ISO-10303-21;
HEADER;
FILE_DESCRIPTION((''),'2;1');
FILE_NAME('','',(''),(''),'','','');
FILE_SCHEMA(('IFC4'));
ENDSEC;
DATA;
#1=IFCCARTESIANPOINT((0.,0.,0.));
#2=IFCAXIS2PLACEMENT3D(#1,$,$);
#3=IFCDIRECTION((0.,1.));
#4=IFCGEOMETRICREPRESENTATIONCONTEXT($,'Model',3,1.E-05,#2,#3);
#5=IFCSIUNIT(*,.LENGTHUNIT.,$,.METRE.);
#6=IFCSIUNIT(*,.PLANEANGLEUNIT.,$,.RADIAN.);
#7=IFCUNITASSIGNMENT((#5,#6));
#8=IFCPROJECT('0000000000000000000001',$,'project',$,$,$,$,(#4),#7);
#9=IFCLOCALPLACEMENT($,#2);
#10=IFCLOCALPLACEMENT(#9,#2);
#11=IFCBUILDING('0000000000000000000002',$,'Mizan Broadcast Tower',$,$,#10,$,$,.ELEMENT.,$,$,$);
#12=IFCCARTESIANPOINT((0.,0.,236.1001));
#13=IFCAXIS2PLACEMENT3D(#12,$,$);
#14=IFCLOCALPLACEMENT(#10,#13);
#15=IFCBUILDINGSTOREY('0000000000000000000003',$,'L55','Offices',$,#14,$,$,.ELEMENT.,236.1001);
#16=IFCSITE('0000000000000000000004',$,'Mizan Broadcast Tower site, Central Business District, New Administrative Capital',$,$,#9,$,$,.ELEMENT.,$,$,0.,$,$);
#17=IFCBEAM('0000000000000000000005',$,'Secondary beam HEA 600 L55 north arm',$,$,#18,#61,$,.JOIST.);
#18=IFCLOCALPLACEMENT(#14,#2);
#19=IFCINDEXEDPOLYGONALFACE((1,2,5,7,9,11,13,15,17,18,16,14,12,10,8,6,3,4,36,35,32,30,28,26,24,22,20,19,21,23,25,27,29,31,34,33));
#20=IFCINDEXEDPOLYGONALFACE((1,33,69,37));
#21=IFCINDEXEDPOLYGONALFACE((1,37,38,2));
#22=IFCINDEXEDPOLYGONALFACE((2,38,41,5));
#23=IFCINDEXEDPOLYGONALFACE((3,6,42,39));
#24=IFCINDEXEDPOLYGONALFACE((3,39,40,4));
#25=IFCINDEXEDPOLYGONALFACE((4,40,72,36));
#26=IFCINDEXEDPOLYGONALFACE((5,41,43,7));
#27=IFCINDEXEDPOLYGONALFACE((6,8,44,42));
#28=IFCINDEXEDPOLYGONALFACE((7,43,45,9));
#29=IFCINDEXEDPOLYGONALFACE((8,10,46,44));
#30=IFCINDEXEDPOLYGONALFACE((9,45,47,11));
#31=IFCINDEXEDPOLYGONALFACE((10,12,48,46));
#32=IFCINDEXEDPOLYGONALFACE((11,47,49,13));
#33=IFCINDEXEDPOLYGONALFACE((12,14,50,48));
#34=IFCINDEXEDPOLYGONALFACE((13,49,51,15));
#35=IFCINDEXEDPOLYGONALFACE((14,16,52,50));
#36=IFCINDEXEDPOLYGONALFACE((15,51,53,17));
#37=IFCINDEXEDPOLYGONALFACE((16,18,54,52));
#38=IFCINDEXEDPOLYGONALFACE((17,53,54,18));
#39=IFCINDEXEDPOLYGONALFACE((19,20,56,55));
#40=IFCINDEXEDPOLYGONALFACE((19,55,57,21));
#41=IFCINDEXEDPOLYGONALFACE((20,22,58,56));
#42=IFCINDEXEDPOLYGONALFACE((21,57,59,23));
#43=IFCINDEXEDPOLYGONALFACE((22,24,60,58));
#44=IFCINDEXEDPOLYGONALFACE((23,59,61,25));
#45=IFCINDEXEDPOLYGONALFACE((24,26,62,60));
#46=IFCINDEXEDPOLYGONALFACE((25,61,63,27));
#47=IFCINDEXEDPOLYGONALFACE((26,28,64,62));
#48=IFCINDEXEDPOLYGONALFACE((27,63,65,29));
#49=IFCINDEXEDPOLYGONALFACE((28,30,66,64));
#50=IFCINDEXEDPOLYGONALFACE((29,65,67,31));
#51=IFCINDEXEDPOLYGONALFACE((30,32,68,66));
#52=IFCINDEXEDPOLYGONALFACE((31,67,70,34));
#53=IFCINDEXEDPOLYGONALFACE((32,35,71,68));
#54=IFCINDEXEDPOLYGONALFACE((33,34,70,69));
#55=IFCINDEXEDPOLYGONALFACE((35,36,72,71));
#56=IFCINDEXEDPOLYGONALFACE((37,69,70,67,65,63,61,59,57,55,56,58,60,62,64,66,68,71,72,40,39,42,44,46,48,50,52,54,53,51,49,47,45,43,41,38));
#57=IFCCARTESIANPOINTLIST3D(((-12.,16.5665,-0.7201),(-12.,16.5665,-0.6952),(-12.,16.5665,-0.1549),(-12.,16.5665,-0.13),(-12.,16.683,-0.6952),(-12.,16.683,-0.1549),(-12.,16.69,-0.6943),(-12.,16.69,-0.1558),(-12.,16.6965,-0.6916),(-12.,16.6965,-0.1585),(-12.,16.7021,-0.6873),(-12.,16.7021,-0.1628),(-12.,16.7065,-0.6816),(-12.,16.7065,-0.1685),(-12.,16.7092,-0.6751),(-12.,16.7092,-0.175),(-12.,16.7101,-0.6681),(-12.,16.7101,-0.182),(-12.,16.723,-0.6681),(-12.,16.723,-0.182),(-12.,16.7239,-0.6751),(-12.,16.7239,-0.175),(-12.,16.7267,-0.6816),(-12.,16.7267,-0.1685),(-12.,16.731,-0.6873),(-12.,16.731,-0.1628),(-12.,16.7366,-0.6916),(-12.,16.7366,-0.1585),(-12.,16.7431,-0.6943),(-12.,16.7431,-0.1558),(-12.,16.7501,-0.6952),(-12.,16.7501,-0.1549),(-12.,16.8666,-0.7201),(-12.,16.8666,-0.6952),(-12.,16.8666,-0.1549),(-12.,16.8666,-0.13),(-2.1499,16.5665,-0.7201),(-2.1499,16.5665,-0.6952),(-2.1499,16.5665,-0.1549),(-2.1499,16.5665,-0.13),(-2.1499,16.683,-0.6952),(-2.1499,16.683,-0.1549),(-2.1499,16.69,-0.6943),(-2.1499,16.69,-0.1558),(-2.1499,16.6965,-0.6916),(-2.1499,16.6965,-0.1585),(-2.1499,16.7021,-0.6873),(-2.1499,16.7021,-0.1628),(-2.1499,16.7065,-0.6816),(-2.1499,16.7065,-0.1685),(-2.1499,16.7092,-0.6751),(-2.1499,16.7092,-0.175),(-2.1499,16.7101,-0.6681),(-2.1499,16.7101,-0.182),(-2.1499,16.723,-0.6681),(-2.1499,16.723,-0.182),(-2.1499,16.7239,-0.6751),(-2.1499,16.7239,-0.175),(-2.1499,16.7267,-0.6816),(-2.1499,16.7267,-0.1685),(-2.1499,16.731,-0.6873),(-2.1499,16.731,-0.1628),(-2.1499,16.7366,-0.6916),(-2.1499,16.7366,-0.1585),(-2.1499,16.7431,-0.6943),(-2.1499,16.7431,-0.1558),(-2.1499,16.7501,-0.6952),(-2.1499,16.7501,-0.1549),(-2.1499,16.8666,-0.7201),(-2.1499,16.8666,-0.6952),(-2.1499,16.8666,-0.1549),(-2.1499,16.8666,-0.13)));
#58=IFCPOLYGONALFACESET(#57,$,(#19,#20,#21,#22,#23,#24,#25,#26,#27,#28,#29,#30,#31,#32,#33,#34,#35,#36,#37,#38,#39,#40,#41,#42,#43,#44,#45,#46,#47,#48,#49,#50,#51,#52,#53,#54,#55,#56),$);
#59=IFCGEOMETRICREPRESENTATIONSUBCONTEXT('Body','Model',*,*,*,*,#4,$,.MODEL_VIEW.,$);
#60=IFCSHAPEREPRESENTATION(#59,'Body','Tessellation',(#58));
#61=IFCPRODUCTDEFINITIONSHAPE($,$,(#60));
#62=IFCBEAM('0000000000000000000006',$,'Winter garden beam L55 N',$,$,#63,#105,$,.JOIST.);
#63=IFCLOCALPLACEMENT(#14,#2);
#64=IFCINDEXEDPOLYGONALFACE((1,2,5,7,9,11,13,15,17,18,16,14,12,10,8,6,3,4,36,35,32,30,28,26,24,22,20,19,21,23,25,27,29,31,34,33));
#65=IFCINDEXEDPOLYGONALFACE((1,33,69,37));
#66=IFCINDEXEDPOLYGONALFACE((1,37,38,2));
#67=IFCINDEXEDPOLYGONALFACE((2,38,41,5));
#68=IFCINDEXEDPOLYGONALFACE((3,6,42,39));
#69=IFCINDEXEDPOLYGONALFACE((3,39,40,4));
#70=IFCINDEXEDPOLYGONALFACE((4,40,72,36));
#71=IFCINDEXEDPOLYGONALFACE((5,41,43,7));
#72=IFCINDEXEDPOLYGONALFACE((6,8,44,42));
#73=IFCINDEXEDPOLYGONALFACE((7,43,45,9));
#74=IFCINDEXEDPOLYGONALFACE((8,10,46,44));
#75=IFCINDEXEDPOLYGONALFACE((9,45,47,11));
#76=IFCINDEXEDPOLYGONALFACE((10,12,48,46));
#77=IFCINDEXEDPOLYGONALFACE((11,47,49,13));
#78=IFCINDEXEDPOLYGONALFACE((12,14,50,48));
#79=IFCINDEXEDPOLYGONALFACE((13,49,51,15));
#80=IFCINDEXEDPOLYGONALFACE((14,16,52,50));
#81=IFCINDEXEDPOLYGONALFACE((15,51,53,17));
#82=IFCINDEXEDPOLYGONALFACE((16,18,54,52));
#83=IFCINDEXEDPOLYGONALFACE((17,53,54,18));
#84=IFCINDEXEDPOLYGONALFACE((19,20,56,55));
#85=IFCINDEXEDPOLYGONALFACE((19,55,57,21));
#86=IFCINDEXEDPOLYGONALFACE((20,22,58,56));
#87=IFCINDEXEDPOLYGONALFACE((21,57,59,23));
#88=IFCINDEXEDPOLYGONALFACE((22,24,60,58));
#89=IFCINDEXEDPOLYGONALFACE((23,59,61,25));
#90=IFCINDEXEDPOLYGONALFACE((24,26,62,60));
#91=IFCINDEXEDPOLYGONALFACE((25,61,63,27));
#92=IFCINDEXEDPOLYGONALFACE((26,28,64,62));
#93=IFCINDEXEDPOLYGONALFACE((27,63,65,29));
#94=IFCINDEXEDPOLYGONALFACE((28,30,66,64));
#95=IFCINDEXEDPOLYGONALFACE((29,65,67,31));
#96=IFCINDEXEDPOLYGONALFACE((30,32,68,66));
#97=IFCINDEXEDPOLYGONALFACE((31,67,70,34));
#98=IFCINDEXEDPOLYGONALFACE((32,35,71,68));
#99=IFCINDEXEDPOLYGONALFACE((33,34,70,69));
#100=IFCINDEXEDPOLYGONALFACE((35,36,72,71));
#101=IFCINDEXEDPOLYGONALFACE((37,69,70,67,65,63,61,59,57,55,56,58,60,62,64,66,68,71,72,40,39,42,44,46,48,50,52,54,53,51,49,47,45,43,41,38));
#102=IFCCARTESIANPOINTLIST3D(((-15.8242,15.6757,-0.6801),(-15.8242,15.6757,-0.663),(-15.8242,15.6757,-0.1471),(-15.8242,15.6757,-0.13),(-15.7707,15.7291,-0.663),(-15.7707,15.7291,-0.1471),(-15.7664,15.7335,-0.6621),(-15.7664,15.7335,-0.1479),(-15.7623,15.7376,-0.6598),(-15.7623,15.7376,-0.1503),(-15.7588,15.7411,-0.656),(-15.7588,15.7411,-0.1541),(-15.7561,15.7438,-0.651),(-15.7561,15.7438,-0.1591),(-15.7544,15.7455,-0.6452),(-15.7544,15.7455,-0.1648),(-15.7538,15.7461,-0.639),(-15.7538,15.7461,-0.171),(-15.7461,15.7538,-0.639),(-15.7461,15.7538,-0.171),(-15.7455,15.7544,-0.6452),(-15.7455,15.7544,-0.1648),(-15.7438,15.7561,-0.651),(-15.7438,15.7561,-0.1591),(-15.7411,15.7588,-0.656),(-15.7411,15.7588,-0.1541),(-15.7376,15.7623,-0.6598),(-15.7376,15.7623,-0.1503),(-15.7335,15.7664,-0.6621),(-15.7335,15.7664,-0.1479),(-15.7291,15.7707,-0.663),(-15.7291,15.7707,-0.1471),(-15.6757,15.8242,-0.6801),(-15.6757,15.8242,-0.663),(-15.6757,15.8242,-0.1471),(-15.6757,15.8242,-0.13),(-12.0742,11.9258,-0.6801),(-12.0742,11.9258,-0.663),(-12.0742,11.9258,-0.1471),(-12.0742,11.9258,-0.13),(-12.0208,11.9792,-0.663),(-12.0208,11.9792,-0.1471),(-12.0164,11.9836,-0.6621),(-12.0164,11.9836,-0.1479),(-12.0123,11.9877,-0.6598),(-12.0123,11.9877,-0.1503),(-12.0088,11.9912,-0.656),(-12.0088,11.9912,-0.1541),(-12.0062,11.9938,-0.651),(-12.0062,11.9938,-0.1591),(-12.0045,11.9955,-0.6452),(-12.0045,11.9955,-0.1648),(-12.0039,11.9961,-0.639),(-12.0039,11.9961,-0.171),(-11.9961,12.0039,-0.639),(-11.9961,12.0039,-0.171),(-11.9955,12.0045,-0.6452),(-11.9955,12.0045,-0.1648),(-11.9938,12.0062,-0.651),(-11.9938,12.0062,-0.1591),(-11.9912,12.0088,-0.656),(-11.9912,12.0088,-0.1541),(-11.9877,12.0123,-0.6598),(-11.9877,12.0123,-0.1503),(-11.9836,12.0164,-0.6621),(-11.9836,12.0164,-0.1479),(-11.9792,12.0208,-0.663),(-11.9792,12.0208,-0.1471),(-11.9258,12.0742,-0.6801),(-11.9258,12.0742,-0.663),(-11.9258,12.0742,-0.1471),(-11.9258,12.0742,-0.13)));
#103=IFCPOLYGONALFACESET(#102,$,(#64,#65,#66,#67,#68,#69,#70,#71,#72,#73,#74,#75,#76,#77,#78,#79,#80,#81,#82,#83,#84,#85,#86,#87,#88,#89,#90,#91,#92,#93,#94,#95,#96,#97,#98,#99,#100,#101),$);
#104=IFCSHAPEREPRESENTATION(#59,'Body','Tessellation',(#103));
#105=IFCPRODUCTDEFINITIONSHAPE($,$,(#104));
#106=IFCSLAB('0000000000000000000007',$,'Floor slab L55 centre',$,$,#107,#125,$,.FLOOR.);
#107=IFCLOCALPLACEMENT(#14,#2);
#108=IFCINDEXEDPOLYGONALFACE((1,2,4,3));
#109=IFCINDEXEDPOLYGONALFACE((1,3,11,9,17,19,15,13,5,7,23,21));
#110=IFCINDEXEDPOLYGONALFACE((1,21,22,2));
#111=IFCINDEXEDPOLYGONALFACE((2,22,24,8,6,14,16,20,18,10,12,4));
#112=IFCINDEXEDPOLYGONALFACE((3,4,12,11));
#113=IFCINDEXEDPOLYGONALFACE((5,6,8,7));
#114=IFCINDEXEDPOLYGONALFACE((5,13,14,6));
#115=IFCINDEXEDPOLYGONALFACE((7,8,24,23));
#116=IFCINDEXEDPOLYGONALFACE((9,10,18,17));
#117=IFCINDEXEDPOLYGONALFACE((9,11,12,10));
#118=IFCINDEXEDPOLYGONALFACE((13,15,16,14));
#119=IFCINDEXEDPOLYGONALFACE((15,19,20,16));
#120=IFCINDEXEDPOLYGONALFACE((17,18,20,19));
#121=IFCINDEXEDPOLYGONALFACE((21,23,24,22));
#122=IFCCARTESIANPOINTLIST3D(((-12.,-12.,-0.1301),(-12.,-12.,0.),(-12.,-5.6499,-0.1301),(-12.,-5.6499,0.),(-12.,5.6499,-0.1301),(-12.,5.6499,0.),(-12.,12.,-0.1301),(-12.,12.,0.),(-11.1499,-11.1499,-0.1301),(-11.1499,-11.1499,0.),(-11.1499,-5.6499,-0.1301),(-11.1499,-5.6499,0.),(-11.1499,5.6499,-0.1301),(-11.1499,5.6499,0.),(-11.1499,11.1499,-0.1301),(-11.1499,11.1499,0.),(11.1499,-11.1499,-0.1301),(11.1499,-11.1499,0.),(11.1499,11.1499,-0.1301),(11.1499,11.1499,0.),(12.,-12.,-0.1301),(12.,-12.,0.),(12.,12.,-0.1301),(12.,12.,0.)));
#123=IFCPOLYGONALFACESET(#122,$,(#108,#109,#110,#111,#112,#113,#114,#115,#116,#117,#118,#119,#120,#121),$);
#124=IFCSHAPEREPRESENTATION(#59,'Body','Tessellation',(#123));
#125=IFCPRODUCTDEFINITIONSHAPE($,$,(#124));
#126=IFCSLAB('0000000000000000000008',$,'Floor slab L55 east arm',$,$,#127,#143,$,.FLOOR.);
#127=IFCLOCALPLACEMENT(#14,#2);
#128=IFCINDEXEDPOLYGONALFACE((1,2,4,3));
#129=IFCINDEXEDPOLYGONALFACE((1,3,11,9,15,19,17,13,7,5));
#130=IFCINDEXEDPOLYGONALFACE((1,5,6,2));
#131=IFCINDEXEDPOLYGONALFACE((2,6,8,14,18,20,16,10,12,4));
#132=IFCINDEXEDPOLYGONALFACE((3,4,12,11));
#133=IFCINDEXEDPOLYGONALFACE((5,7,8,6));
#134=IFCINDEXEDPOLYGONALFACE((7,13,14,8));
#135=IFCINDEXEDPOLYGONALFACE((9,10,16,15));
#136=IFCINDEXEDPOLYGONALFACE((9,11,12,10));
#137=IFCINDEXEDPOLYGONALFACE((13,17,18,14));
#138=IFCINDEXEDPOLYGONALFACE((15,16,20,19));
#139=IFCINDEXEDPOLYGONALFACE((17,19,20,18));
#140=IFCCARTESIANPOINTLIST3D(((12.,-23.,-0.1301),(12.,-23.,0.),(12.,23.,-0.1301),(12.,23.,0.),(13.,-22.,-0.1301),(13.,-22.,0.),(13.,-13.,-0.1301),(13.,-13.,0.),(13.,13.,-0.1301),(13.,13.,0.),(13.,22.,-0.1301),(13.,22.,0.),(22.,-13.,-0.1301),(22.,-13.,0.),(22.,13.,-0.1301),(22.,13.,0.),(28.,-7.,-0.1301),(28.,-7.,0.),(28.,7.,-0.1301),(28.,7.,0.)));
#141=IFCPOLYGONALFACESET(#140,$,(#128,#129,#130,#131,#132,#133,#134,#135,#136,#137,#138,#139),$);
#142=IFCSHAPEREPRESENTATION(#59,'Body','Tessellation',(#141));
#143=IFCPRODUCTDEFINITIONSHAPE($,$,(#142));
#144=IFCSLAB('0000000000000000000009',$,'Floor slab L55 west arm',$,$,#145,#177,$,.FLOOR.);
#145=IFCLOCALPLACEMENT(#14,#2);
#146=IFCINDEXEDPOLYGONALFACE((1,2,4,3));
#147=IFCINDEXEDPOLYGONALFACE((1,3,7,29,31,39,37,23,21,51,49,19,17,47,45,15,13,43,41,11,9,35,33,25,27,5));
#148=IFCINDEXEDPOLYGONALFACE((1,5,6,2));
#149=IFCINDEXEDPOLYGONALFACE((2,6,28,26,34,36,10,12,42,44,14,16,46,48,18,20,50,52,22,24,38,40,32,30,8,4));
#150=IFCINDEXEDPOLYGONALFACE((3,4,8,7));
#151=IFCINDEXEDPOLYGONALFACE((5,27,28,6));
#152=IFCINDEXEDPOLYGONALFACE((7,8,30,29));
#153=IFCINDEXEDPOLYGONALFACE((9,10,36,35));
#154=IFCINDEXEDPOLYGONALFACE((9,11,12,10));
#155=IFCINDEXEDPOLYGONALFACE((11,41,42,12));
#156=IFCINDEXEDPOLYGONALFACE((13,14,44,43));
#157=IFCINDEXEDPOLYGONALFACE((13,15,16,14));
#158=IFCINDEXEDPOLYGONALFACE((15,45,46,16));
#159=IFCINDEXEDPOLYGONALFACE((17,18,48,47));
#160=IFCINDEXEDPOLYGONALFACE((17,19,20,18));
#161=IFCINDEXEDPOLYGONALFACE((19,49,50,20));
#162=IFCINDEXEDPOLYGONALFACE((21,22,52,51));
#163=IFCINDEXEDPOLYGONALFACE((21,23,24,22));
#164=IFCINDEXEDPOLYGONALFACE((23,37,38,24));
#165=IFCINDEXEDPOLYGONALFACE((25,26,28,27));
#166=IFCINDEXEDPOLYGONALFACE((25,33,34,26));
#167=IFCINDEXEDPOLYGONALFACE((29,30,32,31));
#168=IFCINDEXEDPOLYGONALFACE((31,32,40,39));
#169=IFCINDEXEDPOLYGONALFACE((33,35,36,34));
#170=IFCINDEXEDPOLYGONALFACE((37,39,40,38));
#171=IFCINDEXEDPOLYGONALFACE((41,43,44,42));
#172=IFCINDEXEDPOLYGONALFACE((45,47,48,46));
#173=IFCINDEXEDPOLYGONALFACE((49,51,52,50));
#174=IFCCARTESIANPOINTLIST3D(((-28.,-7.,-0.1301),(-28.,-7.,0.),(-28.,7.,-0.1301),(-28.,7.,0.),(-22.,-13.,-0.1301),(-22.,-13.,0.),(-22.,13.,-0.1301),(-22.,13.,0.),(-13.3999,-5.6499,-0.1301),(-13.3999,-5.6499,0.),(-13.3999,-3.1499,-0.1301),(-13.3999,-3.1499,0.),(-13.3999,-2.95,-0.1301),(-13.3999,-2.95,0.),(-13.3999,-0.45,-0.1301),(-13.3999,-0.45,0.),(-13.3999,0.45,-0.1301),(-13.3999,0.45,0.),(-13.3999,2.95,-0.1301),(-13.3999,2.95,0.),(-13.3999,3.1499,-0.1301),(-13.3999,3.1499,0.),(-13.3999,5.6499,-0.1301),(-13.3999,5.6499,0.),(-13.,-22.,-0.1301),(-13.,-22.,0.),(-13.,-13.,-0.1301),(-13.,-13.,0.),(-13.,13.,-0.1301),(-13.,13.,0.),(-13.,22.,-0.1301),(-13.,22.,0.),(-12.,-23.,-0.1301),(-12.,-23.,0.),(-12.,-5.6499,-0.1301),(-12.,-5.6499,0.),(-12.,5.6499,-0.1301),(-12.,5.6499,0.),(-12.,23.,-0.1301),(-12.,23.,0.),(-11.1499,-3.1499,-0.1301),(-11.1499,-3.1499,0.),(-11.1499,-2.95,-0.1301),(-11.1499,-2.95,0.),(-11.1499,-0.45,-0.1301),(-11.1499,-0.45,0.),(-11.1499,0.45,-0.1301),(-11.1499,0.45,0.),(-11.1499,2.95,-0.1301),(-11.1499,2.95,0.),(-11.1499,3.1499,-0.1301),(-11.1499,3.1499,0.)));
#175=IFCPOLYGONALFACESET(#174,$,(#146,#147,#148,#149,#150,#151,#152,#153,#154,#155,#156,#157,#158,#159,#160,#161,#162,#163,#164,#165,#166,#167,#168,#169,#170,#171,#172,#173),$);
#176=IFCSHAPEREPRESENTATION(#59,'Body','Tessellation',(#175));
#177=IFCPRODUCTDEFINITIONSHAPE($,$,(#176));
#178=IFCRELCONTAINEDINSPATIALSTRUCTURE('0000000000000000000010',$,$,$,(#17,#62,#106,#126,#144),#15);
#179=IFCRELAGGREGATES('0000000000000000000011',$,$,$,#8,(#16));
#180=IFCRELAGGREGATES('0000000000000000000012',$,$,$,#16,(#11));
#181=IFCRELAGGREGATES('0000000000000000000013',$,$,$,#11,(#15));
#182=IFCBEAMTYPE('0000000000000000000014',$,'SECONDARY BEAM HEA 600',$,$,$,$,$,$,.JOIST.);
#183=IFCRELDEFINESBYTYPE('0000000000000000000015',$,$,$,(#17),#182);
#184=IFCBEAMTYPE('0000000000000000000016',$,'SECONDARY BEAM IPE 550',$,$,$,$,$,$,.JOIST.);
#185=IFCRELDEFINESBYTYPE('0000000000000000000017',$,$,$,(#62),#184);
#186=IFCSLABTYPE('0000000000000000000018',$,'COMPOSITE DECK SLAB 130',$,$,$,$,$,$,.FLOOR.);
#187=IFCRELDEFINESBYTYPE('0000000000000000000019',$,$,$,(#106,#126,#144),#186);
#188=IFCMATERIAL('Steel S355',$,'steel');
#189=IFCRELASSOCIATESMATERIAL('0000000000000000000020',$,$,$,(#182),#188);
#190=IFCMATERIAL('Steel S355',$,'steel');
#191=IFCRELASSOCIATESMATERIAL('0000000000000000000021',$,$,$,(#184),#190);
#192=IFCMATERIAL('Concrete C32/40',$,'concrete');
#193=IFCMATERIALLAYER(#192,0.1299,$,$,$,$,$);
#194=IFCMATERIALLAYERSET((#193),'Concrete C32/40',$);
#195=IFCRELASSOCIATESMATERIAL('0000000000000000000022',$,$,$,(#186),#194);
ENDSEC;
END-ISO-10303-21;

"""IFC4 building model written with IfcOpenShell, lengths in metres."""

from ifc_helpers import new_model, si_unit, direction, frame, origin, origin_2d, place, context, subcontext, project, spatial, polyline, i_section, outline, extrude, material, layer, layer_set, material_profile, profile_set, type_object, element, save


model = new_model("IFC4")

# Units and contexts
model_context = context("Model", 3, precision=1e-05, world=origin(), true_north=direction((0.0, 1.0)))
body_context = subcontext(model_context, "Body", "Model", "MODEL_VIEW")
ifc_project = project(units=[si_unit("LENGTHUNIT", "METRE"), si_unit("PLANEANGLEUNIT", "RADIAN")], contexts=[model_context])

# Site, building, storey
site_placement = place(None, origin())
site = spatial("IfcSite", under=ifc_project, at=site_placement, Name="Mizan Broadcast Tower site, Central Business District, New Administrative Capital", CompositionType="ELEMENT", RefElevation=0.0)
building_placement = place(site_placement, origin())
building = spatial("IfcBuilding", under=site, at=building_placement, Name="Mizan Broadcast Tower", CompositionType="ELEMENT")
storey_placement = place(building_placement, frame((0.0, 0.0, 236.1001)))
storey = spatial("IfcBuildingStorey", under=building, at=storey_placement, Name="L55", Description="Offices", CompositionType="ELEMENT", Elevation=236.1001)

# Beams
ifc_material_1 = material(Name="Steel S355", Category="steel")
ifc_material_profile_1 = material_profile(ifc_material_1, i_section(OverallWidth=0.3, OverallDepth=0.5901, WebThickness=0.0129, FlangeThickness=0.0249, FilletRadius=0.0271, at=origin_2d()), Name="HEA 600")
ifc_profile_set_1 = profile_set([ifc_material_profile_1], Name="Steel S355")
beam_type_1 = type_object("IfcBeamType", Name="SECONDARY BEAM HEA 600", PredefinedType="JOIST", material=ifc_profile_set_1)
for number, where, z_axis, x_axis, name in (
    (1, (-12.0, 16.7166, -0.425), (1.0, 0.0, 0.0), (0.0, 1.0, 0.0), "Secondary beam HEA 600 L55 north arm"),
):
    element("IfcBeam", number, at=place(storey_placement, frame(where, z_axis=z_axis, x_axis=x_axis)), inside=storey, type_object=beam_type_1, Name=name, PredefinedType="JOIST", context=body_context, shape_type="SweptSolid", body=[
        extrude(i_section(OverallWidth=0.3, OverallDepth=0.5901, WebThickness=0.0129, FlangeThickness=0.0249, FilletRadius=0.0271, at=origin_2d()), origin(), (0.0, 0.0, 1.0), 9.8501),
    ])
ifc_material_2 = material(Name="Steel S355", Category="steel")
ifc_material_profile_2 = material_profile(ifc_material_2, i_section(OverallWidth=0.21, OverallDepth=0.55, WebThickness=0.011, FlangeThickness=0.0171, FilletRadius=0.0239, at=origin_2d()), Name="IPE 550")
ifc_profile_set_2 = profile_set([ifc_material_profile_2], Name="Steel S355")
beam_type_2 = type_object("IfcBeamType", Name="SECONDARY BEAM IPE 550", PredefinedType="JOIST", material=ifc_profile_set_2)
beam_1_placement = place(storey_placement, frame((-12.0, 12.0, -0.405), z_axis=(-0.707107, 0.707107, 0.0), x_axis=(-0.707107, -0.707107, 0.0)))
element("IfcBeam", 2, at=beam_1_placement, inside=storey, type_object=beam_type_2, Name="Winter garden beam L55 N", PredefinedType="JOIST", context=body_context, shape_type="SweptSolid", body=[
    extrude(i_section(OverallWidth=0.21, OverallDepth=0.55, WebThickness=0.011, FlangeThickness=0.0171, FilletRadius=0.0239, at=origin_2d()), origin(), (0.0, 0.0, 1.0), 5.3032),
])

# Slabs
ifc_material_3 = material(Name="Concrete C32/40", Category="concrete")
ifc_layer_1 = layer(ifc_material_3, 0.1299)
ifc_layer_set_1 = layer_set([ifc_layer_1], Name="Concrete C32/40")
slab_type = type_object("IfcSlabType", Name="COMPOSITE DECK SLAB 130", PredefinedType="FLOOR", material=ifc_layer_set_1)
slab_1_placement = place(storey_placement, frame((0.0, 0.0, -0.1301)))
element("IfcSlab", 3, at=slab_1_placement, inside=storey, type_object=slab_type, Name="Floor slab L55 centre", PredefinedType="FLOOR", context=body_context, shape_type="SweptSolid", body=[
    extrude(outline(polyline([(-11.1499, -5.6499), (-12.0, -5.6499), (-12.0, -12.0), (12.0, -12.0), (12.0, 12.0), (-12.0, 12.0), (-12.0, 5.6499), (-11.1499, 5.6499), (-11.1499, 11.1499), (11.1499, 11.1499), (11.1499, -11.1499), (-11.1499, -11.1499), (-11.1499, -5.6499)])), origin(), (0.0, 0.0, 1.0), 0.1301),
])
slab_2_placement = place(storey_placement, frame((0.0, 0.0, -0.1301)))
element("IfcSlab", 4, at=slab_2_placement, inside=storey, type_object=slab_type, Name="Floor slab L55 east arm", PredefinedType="FLOOR", context=body_context, shape_type="SweptSolid", body=[
    extrude(outline(polyline([(13.0, 22.0), (12.0, 23.0), (12.0, -23.0), (13.0, -22.0), (13.0, -13.0), (22.0, -13.0), (28.0, -7.0), (28.0, 7.0), (22.0, 13.0), (13.0, 13.0), (13.0, 22.0)])), origin(), (0.0, 0.0, 1.0), 0.1301),
])
slab_3_placement = place(storey_placement, frame((0.0, 0.0, -0.1301)))
element("IfcSlab", 5, at=slab_3_placement, inside=storey, type_object=slab_type, Name="Floor slab L55 west arm", PredefinedType="FLOOR", context=body_context, shape_type="SweptSolid", body=[
    extrude(outline(polyline([(-22.0, 13.0), (-28.0, 7.0), (-28.0, -7.0), (-22.0, -13.0), (-13.0, -13.0), (-13.0, -22.0), (-12.0, -23.0), (-12.0, -5.6499), (-13.3999, -5.6499), (-13.3999, -3.1499), (-11.1499, -3.1499), (-11.1499, -2.95), (-13.3999, -2.95), (-13.3999, -0.45), (-11.1499, -0.45), (-11.1499, 0.45), (-13.3999, 0.45), (-13.3999, 2.95), (-11.1499, 2.95), (-11.1499, 3.1499), (-13.3999, 3.1499), (-13.3999, 5.6499), (-12.0, 5.6499), (-12.0, 23.0), (-13.0, 22.0), (-13.0, 13.0), (-22.0, 13.0)])), origin(), (0.0, 0.0, 1.0), 0.1301),
])

save(model, "model.ifc")
